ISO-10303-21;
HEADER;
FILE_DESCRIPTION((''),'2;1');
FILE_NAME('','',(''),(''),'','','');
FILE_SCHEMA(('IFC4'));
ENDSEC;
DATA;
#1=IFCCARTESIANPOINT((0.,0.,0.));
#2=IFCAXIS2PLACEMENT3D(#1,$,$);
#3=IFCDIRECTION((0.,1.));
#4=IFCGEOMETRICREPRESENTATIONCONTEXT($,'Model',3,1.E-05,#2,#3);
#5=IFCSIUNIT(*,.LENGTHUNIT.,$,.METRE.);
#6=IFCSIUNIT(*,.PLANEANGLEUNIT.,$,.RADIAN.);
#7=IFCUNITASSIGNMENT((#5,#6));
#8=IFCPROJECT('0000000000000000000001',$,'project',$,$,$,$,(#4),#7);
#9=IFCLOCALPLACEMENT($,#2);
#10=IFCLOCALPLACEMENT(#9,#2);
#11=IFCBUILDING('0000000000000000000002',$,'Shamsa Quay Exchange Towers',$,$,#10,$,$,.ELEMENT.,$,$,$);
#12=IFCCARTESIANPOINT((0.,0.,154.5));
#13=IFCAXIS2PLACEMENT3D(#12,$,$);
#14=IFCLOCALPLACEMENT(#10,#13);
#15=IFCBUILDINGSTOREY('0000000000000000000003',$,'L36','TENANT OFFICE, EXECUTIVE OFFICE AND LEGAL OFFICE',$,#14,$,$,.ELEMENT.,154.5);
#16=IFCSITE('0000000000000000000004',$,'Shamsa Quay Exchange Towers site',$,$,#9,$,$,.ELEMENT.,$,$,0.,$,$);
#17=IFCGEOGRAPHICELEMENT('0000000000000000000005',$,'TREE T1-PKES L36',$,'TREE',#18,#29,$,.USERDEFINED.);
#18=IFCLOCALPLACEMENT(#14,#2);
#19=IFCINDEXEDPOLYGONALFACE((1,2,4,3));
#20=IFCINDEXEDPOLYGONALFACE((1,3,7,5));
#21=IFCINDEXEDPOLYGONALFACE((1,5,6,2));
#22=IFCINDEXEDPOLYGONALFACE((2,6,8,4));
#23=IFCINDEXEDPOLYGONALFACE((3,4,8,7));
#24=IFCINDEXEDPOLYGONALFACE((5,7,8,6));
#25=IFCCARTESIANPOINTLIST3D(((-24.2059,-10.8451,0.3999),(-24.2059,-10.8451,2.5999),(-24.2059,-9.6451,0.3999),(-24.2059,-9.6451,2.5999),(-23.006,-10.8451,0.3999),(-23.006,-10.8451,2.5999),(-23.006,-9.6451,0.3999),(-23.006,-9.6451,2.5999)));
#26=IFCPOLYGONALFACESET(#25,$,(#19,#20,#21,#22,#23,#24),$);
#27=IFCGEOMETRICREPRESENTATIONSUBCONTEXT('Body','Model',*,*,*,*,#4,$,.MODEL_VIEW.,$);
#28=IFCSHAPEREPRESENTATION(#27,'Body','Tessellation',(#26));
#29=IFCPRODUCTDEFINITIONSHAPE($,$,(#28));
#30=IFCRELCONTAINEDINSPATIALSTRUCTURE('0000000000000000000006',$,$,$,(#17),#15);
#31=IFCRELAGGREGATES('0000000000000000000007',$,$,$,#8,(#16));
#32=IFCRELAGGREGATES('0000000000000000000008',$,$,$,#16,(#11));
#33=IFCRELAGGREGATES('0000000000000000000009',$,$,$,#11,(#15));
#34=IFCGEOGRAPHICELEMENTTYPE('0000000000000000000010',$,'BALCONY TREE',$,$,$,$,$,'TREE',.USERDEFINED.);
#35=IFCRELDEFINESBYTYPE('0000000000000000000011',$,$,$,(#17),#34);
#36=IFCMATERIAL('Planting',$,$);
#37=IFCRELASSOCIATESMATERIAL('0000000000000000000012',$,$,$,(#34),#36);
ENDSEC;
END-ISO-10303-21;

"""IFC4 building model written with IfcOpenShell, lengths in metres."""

from ifc_helpers import new_model, si_unit, direction, frame, origin, origin_2d, place, context, subcontext, project, spatial, rectangle, extrude, material, type_object, element, save


model = new_model("IFC4")

# Units and contexts
model_context = context("Model", 3, precision=1e-05, world=origin(), true_north=direction((0.0, 1.0)))
body_context = subcontext(model_context, "Body", "Model", "MODEL_VIEW")
ifc_project = project(units=[si_unit("LENGTHUNIT", "METRE"), si_unit("PLANEANGLEUNIT", "RADIAN")], contexts=[model_context])

# Site, building, storey
site_placement = place(None, origin())
site = spatial("IfcSite", under=ifc_project, at=site_placement, Name="Shamsa Quay Exchange Towers site", CompositionType="ELEMENT", RefElevation=0.0)
building_placement = place(site_placement, origin())
building = spatial("IfcBuilding", under=site, at=building_placement, Name="Shamsa Quay Exchange Towers", CompositionType="ELEMENT")
storey_placement = place(building_placement, frame((0.0, 0.0, 154.5)))
storey = spatial("IfcBuildingStorey", under=building, at=storey_placement, Name="L36", Description="TENANT OFFICE, EXECUTIVE OFFICE AND LEGAL OFFICE", CompositionType="ELEMENT", Elevation=154.5)

# Geographic element
ifc_material_1 = material(Name="Planting")
geographic_element_type = type_object("IfcGeographicElementType", Name="BALCONY TREE", ElementType="TREE", PredefinedType="USERDEFINED", material=ifc_material_1)
geographic_element_placement = place(storey_placement, frame((-23.606, -10.2451, 0.3999)))
element("IfcGeographicElement", 1, at=geographic_element_placement, inside=storey, type_object=geographic_element_type, Name="TREE T1-PKES L36", ObjectType="TREE", PredefinedType="USERDEFINED", context=body_context, shape_type="SweptSolid", body=[
    extrude(rectangle(XDim=1.2, YDim=1.2, at=origin_2d()), origin(), (0.0, 0.0, 1.0), 2.2),
])

save(model, "model.ifc")
